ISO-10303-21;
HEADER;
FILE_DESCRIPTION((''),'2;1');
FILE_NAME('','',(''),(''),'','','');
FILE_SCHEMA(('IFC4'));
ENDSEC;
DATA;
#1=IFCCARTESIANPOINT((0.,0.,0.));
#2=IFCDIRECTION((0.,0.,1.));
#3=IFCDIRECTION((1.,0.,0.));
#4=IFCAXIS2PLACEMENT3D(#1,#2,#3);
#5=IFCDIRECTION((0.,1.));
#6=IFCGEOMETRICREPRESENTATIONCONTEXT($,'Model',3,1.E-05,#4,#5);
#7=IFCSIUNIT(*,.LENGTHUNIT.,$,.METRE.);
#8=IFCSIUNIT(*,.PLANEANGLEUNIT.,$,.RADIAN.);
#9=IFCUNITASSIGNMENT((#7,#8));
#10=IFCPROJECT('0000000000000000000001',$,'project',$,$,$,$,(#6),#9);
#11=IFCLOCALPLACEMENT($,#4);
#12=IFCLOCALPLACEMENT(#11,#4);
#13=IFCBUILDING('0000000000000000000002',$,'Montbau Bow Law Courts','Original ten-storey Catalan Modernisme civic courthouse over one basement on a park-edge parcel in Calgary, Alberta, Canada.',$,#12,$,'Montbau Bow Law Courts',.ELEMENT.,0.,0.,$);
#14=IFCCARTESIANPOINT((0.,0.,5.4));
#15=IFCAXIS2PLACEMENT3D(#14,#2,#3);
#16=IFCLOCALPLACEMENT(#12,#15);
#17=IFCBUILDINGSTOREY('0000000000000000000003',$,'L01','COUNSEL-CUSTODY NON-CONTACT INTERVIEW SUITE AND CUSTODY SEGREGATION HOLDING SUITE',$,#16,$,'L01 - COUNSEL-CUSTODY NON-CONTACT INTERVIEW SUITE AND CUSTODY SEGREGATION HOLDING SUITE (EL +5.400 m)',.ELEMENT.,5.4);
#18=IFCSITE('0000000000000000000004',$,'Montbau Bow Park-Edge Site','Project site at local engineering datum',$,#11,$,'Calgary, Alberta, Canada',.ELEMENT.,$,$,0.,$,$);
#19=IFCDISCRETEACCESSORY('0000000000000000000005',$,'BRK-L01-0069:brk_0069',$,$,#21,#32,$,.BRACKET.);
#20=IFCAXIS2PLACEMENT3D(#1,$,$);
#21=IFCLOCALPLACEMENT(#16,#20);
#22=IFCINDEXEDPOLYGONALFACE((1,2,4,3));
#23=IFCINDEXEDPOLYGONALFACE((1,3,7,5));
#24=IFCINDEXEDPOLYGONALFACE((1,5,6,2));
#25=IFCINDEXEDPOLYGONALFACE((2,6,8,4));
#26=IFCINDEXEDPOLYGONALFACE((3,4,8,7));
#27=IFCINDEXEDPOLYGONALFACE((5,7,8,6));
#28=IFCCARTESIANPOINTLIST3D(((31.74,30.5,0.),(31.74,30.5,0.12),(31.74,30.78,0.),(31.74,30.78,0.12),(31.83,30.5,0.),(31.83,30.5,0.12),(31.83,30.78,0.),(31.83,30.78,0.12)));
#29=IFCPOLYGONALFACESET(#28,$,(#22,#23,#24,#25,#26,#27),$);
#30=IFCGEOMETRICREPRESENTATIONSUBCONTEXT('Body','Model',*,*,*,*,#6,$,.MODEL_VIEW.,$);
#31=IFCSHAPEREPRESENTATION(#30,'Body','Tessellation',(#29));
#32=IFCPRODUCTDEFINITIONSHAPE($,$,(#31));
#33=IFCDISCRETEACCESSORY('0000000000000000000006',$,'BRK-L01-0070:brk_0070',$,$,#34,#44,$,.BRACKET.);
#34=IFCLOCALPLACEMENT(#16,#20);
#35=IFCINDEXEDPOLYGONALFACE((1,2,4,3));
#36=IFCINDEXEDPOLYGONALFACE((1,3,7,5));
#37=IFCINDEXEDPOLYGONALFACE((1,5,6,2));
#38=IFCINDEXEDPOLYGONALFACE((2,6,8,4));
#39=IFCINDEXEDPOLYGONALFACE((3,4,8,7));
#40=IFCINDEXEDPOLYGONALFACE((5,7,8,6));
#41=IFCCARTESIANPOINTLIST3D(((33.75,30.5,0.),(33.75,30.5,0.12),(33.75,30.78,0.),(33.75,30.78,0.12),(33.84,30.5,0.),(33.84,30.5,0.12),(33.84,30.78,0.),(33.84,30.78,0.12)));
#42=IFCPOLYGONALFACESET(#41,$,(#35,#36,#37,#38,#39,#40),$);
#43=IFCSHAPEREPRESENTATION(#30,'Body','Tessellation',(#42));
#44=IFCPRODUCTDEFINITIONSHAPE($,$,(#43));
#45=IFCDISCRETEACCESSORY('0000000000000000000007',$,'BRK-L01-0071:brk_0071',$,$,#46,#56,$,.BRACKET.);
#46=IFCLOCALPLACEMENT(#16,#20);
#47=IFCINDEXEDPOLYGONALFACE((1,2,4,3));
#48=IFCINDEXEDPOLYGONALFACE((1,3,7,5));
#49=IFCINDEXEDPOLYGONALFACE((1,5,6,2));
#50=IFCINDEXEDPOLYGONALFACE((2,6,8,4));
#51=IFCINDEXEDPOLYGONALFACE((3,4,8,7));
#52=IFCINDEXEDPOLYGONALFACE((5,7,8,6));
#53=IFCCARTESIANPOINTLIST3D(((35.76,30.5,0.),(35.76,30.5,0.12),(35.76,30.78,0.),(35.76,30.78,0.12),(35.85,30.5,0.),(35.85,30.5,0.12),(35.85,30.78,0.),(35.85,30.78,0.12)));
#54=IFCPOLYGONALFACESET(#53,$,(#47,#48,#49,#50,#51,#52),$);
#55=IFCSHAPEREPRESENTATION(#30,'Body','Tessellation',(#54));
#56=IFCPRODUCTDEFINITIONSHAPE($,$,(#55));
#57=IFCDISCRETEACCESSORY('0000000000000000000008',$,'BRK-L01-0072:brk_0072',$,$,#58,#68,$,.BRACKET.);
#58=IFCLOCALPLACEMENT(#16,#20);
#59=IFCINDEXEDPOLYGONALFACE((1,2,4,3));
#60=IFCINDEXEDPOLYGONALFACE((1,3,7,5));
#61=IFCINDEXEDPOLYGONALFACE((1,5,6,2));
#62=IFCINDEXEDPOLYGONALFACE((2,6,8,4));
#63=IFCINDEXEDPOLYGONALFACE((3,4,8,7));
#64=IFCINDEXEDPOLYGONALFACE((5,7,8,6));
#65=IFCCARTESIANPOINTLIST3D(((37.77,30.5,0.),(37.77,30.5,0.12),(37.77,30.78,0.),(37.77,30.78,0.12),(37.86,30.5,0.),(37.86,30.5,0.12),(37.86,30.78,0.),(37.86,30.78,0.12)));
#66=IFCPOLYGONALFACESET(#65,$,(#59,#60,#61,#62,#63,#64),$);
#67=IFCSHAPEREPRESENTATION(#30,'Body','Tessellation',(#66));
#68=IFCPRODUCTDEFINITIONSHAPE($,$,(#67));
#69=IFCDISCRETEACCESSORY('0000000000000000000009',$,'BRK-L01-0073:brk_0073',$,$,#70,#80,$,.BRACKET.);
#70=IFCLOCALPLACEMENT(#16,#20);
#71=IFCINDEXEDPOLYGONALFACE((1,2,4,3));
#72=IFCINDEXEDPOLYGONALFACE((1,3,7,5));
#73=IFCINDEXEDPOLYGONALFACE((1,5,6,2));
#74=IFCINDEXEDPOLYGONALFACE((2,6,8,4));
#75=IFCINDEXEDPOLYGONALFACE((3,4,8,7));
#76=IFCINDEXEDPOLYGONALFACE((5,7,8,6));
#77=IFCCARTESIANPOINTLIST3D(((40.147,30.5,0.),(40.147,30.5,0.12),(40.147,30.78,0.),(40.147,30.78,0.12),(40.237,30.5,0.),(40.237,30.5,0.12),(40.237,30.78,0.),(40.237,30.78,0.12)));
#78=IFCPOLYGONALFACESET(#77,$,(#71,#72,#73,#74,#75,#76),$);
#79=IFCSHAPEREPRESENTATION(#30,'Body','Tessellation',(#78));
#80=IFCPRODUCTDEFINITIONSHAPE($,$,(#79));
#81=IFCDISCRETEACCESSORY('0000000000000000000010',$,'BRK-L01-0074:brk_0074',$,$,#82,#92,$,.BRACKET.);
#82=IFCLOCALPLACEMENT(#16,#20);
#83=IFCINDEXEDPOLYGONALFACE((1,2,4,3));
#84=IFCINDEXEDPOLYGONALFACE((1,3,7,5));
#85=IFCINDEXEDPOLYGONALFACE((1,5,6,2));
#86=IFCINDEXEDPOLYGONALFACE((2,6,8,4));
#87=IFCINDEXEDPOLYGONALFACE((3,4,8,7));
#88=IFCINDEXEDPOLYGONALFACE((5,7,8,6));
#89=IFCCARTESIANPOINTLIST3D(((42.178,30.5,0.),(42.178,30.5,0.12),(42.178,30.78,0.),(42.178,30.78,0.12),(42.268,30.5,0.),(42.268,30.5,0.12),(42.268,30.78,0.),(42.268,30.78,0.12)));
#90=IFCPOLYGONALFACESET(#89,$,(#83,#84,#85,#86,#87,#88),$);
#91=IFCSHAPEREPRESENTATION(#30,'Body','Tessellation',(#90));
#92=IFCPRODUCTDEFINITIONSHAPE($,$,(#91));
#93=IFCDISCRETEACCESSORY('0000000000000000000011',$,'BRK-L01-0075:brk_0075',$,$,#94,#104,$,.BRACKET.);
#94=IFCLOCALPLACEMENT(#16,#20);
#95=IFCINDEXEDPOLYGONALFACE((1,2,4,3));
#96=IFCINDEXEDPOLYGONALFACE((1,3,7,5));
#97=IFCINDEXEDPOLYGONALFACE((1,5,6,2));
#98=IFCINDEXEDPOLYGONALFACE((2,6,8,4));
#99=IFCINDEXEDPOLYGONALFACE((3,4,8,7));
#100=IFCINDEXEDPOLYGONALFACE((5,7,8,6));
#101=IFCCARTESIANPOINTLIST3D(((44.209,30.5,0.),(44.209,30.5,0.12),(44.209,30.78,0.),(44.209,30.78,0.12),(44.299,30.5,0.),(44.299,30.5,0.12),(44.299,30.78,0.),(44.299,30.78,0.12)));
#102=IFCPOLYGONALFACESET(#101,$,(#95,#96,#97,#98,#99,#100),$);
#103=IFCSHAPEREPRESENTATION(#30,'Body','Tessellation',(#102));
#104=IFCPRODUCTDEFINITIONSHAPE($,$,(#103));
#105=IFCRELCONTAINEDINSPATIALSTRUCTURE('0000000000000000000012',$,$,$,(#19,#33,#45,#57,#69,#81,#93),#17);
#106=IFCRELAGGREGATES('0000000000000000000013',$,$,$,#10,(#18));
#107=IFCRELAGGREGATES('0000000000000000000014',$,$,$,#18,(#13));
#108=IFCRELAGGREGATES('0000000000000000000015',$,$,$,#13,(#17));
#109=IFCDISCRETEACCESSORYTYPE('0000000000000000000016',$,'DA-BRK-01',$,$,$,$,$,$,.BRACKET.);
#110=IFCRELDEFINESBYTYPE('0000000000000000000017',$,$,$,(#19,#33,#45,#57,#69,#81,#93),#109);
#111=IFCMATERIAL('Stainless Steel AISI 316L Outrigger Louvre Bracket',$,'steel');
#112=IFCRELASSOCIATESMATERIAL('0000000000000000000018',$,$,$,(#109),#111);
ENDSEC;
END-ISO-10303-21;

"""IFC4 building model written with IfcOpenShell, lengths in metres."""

from ifc_helpers import new_model, si_unit, direction, frame, origin_with_axes, origin_2d_with_axis, place, context, subcontext, project, spatial, rectangle, extrude, material, type_object, element, save


model = new_model("IFC4")

# Units and contexts
model_context = context("Model", 3, precision=1e-05, world=origin_with_axes(), true_north=direction((0.0, 1.0)))
body_context = subcontext(model_context, "Body", "Model", "MODEL_VIEW")
ifc_project = project(units=[si_unit("LENGTHUNIT", "METRE"), si_unit("PLANEANGLEUNIT", "RADIAN")], contexts=[model_context])

# Site, building, storey
site_placement = place(None, origin_with_axes())
site = spatial("IfcSite", under=ifc_project, at=site_placement, Name="Montbau Bow Park-Edge Site", Description="Project site at local engineering datum", LongName="Calgary, Alberta, Canada", CompositionType="ELEMENT", RefElevation=0.0)
building_placement = place(site_placement, origin_with_axes())
building = spatial("IfcBuilding", under=site, at=building_placement, Name="Montbau Bow Law Courts", Description="Original ten-storey Catalan Modernisme civic courthouse over one basement on a park-edge parcel in Calgary, Alberta, Canada.", LongName="Montbau Bow Law Courts", CompositionType="ELEMENT", ElevationOfRefHeight=0.0, ElevationOfTerrain=0.0)
storey_placement = place(building_placement, frame((0.0, 0.0, 5.4), z_axis=(0.0, 0.0, 1.0), x_axis=(1.0, 0.0, 0.0)))
storey = spatial("IfcBuildingStorey", under=building, at=storey_placement, Name="L01", Description="COUNSEL-CUSTODY NON-CONTACT INTERVIEW SUITE AND CUSTODY SEGREGATION HOLDING SUITE", LongName="L01 - COUNSEL-CUSTODY NON-CONTACT INTERVIEW SUITE AND CUSTODY SEGREGATION HOLDING SUITE (EL +5.400 m)", CompositionType="ELEMENT", Elevation=5.4)

# Discrete accessories
ifc_material_1 = material(Name="Stainless Steel AISI 316L Outrigger Louvre Bracket", Category="steel")
discrete_accessory_type = type_object("IfcDiscreteAccessoryType", Name="DA-BRK-01", PredefinedType="BRACKET", material=ifc_material_1)
for number, where, z_axis, x_axis, name in (
    (1, (31.785, 30.64, 5.4), (0.0, 0.0, 1.0), (0.0, -1.0, 0.0), "BRK-L01-0069:brk_0069"),
    (2, (33.795, 30.64, 5.4), (0.0, 0.0, 1.0), (0.0, -1.0, 0.0), "BRK-L01-0070:brk_0070"),
    (3, (35.805, 30.64, 5.4), (0.0, 0.0, 1.0), (0.0, -1.0, 0.0), "BRK-L01-0071:brk_0071"),
    (4, (37.815, 30.64, 5.4), (0.0, 0.0, 1.0), (0.0, -1.0, 0.0), "BRK-L01-0072:brk_0072"),
    (5, (40.192, 30.64, 5.4), (0.0, 0.0, 1.0), (0.0, -1.0, 0.0), "BRK-L01-0073:brk_0073"),
    (6, (42.223, 30.64, 5.4), (0.0, 0.0, 1.0), (0.0, -1.0, 0.0), "BRK-L01-0074:brk_0074"),
    (7, (44.254, 30.64, 5.4), (0.0, 0.0, 1.0), (0.0, -1.0, 0.0), "BRK-L01-0075:brk_0075"),
):
    element("IfcDiscreteAccessory", number, at=place(None, frame(where, z_axis=z_axis, x_axis=x_axis)), inside=storey, type_object=discrete_accessory_type, Name=name, PredefinedType="BRACKET", context=body_context, shape_type="SweptSolid", body=[
        extrude(rectangle(XDim=0.28, YDim=0.09, at=origin_2d_with_axis()), origin_with_axes(), (0.0, 0.0, 1.0), 0.12),
    ])

save(model, "model.ifc")
